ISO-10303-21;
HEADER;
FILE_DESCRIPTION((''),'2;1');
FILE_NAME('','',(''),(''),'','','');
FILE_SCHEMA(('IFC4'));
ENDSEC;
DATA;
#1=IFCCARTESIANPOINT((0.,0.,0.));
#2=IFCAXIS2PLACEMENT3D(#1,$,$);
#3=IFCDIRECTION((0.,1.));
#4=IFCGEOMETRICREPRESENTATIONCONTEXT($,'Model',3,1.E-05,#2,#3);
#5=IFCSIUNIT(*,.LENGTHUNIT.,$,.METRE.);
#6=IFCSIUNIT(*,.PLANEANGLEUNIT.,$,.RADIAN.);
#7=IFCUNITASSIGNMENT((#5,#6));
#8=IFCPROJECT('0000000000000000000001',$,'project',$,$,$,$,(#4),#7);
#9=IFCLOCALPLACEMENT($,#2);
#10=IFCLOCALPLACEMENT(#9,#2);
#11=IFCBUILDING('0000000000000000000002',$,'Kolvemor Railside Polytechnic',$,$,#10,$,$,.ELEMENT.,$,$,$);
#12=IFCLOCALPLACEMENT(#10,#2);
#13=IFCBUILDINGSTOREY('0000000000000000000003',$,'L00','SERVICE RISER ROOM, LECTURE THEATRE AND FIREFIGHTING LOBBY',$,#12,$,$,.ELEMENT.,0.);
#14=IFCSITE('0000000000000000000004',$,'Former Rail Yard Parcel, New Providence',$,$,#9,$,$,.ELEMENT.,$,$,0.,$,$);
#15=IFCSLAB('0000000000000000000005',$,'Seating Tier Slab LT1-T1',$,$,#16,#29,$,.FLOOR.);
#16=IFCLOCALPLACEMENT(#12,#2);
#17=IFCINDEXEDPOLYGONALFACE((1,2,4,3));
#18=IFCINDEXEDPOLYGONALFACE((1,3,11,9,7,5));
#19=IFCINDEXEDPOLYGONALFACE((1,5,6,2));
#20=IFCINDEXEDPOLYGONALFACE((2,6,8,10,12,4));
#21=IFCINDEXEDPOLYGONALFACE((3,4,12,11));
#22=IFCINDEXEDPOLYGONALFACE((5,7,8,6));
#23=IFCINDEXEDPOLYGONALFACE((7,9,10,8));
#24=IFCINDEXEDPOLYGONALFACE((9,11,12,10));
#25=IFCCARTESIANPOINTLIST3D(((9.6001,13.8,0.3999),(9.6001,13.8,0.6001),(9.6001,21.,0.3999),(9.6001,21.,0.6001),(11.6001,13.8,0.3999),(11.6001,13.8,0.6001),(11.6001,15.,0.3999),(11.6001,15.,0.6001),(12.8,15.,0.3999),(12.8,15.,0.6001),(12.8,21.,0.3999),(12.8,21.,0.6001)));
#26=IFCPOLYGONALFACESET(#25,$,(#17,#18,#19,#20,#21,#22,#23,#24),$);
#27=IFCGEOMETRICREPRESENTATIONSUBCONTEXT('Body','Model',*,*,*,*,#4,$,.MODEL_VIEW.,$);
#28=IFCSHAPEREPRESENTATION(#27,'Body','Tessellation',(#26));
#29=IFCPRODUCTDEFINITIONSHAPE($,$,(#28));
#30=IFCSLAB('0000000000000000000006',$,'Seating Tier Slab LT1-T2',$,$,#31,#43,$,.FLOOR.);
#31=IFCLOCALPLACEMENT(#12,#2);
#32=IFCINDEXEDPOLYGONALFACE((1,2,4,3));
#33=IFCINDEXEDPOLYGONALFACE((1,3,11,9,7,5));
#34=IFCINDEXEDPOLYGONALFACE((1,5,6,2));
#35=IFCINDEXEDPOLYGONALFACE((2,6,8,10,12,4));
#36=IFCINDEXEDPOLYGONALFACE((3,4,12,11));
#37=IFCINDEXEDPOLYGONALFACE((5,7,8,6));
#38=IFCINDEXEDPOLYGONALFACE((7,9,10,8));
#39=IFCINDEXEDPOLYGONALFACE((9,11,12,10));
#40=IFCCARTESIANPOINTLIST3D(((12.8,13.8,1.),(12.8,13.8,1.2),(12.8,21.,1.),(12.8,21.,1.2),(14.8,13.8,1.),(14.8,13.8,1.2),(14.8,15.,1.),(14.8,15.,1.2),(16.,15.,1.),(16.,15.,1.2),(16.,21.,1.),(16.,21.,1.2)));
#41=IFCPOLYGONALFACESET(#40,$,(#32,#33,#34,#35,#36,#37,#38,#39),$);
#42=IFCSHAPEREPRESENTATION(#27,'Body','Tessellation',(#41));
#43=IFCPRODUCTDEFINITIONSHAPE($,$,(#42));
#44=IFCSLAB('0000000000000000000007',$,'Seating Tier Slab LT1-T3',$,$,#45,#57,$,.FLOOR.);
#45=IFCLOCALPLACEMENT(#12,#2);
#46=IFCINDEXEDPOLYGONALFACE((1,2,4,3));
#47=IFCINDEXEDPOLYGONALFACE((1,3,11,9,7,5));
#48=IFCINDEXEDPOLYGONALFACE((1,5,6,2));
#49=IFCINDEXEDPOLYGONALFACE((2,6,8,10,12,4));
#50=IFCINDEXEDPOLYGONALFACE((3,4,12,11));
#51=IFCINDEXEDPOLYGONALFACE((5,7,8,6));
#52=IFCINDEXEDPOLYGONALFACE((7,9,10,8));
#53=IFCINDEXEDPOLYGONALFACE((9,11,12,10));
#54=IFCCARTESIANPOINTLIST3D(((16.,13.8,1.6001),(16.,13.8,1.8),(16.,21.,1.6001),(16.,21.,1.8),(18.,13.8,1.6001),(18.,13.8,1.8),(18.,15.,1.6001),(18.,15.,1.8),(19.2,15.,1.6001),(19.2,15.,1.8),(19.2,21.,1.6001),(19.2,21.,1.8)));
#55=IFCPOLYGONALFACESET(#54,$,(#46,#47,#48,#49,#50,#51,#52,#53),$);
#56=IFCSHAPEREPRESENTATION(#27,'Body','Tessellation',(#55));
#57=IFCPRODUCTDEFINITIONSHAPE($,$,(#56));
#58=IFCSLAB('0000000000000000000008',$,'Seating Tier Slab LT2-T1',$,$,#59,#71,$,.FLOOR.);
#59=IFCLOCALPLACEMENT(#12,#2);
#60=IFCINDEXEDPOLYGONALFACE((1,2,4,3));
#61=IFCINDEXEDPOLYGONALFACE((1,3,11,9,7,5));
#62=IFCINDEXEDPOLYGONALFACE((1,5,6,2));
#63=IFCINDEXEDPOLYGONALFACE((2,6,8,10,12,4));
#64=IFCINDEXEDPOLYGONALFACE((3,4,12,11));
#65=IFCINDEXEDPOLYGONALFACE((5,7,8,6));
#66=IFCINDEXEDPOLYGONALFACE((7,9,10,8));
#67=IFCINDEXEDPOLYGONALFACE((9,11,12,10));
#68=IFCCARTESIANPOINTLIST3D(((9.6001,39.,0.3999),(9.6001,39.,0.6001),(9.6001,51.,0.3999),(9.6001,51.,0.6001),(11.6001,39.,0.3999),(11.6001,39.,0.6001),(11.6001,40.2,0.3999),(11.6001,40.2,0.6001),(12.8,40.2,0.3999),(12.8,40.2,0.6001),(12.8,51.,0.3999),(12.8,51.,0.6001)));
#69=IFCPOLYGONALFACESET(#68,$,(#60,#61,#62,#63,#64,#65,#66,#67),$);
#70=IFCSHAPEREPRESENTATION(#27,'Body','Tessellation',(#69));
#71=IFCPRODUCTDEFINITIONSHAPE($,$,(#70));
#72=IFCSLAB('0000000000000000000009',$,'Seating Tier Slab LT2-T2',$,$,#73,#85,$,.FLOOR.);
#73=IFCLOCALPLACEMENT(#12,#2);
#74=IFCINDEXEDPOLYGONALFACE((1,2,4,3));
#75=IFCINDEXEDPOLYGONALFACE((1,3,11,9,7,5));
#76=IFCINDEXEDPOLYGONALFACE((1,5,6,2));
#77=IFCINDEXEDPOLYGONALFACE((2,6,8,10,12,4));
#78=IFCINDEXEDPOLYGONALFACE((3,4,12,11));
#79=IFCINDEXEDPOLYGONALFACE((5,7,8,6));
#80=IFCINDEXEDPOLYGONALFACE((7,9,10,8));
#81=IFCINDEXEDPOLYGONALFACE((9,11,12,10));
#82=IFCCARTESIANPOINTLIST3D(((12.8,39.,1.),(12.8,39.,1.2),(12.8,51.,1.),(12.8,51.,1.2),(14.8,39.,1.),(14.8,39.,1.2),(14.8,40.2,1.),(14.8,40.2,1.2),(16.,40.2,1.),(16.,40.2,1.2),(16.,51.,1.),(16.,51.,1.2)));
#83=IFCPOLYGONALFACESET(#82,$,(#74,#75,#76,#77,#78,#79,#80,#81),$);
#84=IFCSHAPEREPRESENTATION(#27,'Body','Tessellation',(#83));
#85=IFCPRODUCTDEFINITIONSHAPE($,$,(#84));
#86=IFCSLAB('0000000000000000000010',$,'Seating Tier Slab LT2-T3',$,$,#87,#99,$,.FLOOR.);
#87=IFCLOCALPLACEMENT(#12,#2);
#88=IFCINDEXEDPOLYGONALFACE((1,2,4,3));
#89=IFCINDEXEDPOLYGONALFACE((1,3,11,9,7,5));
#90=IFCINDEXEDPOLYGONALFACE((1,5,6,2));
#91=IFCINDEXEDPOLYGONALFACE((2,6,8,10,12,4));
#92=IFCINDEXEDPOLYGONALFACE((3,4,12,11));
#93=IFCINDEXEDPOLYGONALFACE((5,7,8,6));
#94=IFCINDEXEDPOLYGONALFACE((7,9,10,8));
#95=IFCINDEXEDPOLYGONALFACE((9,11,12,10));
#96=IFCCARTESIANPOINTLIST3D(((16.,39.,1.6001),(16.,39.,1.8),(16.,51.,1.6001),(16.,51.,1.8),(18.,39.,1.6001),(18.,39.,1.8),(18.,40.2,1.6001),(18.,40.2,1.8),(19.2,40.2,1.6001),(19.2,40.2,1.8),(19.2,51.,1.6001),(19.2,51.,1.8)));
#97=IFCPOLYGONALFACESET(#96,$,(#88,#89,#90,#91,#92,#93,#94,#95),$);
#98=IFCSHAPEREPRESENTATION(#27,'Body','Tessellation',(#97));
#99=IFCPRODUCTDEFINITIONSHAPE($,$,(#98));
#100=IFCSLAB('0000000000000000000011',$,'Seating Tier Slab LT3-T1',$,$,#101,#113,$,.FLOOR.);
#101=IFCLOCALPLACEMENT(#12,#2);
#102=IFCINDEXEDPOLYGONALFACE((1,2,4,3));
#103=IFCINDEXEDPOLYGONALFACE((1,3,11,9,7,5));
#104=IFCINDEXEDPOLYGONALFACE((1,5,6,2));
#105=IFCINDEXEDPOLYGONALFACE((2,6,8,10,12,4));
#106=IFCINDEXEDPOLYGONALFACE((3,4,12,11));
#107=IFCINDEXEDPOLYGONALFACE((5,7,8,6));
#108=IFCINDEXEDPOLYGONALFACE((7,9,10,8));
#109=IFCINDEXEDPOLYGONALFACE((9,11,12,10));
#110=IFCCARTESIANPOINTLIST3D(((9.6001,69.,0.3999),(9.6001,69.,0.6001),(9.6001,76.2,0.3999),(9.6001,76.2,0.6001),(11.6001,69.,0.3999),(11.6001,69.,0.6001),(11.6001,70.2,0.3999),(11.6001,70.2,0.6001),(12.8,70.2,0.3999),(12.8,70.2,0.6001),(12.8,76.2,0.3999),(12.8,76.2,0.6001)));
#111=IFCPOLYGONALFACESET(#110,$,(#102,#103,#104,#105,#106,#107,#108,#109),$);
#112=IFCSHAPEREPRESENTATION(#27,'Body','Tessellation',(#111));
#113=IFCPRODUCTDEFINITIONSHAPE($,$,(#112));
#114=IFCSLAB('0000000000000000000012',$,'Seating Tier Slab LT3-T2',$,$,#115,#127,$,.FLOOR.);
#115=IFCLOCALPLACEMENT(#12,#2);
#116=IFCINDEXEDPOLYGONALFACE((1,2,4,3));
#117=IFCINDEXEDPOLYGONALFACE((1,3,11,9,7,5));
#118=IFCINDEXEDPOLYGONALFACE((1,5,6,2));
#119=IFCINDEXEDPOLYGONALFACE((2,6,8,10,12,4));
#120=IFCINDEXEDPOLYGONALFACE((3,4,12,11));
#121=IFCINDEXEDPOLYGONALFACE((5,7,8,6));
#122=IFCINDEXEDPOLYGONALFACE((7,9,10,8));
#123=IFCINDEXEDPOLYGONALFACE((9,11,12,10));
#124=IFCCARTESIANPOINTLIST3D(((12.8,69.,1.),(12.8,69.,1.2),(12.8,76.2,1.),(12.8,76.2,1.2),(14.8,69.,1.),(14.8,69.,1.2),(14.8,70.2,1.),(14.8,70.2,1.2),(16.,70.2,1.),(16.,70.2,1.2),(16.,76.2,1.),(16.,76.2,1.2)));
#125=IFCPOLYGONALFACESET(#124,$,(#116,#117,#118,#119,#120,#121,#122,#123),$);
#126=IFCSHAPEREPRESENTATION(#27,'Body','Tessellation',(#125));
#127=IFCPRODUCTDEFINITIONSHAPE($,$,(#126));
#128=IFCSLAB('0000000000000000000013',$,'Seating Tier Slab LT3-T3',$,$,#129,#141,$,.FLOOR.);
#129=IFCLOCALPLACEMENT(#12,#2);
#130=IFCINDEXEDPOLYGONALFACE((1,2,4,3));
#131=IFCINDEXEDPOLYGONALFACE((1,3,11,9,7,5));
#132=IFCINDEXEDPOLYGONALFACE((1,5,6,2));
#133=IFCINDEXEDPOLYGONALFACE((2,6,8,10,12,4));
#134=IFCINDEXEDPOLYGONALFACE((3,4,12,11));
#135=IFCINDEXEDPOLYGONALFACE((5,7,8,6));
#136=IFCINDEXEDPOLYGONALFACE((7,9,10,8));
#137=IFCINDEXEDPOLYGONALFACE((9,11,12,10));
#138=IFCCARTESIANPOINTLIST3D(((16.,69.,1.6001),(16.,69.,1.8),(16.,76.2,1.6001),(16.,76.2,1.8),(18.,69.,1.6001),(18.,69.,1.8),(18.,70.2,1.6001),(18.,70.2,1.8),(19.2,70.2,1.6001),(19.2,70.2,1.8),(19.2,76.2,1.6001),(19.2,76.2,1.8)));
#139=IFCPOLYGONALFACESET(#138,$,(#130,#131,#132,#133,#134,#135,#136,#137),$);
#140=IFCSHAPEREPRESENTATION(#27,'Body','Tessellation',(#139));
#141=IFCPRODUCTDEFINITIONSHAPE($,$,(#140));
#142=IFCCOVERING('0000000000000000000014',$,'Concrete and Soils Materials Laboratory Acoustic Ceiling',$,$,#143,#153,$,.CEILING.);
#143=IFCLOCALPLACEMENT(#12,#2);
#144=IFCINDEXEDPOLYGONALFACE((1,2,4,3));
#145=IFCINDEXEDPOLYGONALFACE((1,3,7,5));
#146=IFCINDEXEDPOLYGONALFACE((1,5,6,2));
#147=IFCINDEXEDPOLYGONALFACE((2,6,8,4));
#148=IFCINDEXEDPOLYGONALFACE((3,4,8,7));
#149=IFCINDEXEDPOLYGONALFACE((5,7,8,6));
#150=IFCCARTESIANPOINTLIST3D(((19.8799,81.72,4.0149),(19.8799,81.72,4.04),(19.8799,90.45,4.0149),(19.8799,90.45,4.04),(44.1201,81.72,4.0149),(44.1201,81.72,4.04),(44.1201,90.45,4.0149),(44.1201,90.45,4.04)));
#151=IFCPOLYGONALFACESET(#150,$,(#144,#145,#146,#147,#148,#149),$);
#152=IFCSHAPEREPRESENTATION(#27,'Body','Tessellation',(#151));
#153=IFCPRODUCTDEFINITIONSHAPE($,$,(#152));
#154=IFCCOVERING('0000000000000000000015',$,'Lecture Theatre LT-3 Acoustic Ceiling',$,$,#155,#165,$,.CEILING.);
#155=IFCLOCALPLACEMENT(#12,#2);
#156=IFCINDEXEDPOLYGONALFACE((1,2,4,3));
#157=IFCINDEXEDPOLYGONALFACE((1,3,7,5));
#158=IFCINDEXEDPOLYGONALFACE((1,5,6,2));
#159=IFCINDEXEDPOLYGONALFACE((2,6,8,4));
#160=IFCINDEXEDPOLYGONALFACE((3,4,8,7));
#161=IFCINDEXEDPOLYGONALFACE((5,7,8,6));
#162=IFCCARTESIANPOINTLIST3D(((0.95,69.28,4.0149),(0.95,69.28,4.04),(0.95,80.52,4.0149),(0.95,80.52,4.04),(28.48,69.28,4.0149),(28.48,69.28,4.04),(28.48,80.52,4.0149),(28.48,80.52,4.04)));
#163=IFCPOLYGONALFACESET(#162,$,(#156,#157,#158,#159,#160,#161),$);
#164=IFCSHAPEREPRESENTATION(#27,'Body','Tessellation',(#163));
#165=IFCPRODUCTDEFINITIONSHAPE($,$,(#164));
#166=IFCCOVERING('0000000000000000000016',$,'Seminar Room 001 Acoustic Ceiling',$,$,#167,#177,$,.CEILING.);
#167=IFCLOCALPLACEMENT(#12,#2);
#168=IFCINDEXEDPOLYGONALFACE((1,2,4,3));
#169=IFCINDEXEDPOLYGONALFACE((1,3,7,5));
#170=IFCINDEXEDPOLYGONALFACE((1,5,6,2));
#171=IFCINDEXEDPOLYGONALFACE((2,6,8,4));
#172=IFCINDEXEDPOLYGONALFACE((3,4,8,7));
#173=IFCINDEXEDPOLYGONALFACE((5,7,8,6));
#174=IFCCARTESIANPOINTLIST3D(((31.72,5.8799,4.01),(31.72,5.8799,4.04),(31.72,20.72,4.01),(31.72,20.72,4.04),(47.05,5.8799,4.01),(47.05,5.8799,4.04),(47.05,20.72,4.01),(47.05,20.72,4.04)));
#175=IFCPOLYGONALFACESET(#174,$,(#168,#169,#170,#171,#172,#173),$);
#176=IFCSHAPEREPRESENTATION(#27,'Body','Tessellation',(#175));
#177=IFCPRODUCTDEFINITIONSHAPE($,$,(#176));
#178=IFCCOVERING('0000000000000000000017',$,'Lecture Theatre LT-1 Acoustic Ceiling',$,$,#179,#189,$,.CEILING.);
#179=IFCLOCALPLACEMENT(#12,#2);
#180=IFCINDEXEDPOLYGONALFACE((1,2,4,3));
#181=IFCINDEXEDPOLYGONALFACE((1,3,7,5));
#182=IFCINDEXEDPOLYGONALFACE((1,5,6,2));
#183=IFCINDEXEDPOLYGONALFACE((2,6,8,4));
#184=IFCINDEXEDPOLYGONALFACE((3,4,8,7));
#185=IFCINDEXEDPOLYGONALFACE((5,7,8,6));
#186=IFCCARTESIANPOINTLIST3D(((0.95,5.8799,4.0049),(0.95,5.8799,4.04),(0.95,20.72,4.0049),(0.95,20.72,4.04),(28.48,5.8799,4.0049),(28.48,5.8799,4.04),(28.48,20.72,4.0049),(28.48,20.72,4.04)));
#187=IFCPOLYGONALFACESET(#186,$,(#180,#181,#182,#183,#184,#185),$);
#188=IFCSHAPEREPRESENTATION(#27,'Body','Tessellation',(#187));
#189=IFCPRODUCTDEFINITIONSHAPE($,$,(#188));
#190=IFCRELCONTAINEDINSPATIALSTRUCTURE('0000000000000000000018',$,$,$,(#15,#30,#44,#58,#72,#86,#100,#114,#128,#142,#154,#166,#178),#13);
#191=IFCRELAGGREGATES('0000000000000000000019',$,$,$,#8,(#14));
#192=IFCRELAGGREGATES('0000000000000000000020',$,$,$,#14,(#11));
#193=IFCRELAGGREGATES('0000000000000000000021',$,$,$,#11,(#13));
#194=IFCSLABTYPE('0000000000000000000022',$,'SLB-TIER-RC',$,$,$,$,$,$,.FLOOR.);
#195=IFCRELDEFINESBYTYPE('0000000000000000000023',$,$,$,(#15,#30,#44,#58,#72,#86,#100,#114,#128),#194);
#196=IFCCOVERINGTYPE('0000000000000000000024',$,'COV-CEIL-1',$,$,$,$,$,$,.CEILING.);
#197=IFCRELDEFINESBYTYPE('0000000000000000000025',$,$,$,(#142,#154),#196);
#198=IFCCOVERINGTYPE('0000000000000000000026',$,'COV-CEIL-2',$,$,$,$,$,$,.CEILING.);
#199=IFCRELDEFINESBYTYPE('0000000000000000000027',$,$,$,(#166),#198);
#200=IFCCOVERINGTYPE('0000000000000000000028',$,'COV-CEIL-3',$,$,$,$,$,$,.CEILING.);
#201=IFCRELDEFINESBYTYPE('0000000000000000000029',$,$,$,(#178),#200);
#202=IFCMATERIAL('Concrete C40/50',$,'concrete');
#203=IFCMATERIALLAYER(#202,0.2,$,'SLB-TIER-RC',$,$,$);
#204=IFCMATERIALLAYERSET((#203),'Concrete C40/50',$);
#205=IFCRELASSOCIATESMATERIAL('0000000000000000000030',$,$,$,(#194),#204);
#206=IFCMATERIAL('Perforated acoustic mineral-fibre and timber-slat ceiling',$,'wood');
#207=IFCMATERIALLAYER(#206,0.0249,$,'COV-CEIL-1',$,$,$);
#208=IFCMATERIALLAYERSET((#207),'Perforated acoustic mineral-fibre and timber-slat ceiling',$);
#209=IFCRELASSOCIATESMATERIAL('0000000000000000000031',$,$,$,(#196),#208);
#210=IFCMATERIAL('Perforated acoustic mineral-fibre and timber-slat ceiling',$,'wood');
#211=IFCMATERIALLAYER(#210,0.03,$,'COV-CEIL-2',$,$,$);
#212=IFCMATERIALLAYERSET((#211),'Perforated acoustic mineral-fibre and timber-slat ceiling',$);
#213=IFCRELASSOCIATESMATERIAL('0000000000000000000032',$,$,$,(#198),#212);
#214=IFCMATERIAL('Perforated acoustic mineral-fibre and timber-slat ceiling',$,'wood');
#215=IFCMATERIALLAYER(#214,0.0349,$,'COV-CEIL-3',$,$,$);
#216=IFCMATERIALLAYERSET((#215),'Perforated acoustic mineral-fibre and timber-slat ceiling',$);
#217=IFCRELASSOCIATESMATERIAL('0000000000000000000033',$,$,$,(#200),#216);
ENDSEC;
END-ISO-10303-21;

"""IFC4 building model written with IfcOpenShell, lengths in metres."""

from ifc_helpers import new_model, si_unit, direction, frame, origin, place, context, subcontext, project, spatial, polyline, outline, extrude, material, layer, layer_set, type_object, element, save


model = new_model("IFC4")

# Units and contexts
model_context = context("Model", 3, precision=1e-05, world=origin(), true_north=direction((0.0, 1.0)))
body_context = subcontext(model_context, "Body", "Model", "MODEL_VIEW")
ifc_project = project(units=[si_unit("LENGTHUNIT", "METRE"), si_unit("PLANEANGLEUNIT", "RADIAN")], contexts=[model_context])

# Site, building, storey
site_placement = place(None, origin())
site = spatial("IfcSite", under=ifc_project, at=site_placement, Name="Former Rail Yard Parcel, New Providence", CompositionType="ELEMENT", RefElevation=0.0)
building_placement = place(site_placement, origin())
building = spatial("IfcBuilding", under=site, at=building_placement, Name="Kolvemor Railside Polytechnic", CompositionType="ELEMENT")
storey_placement = place(building_placement, origin())
storey = spatial("IfcBuildingStorey", under=building, at=storey_placement, Name="L00", Description="SERVICE RISER ROOM, LECTURE THEATRE AND FIREFIGHTING LOBBY", CompositionType="ELEMENT", Elevation=0.0)

# Slabs
ifc_material_1 = material(Name="Concrete C40/50", Category="concrete")
ifc_layer_1 = layer(ifc_material_1, 0.2, Name="SLB-TIER-RC")
ifc_layer_set_1 = layer_set([ifc_layer_1], Name="Concrete C40/50")
slab_type_1 = type_object("IfcSlabType", Name="SLB-TIER-RC", PredefinedType="FLOOR", material=ifc_layer_set_1)
slab_1_placement = place(storey_placement, frame((0.0, 0.0, 0.3999)))
element("IfcSlab", 1, at=slab_1_placement, inside=storey, type_object=slab_type_1, Name="Seating Tier Slab LT1-T1", PredefinedType="FLOOR", context=body_context, shape_type="SweptSolid", body=[
    extrude(outline(polyline([(9.6001, 13.8), (11.6001, 13.8), (11.6001, 15.0), (12.8, 15.0), (12.8, 21.0), (9.6001, 21.0), (9.6001, 13.8)])), origin(), (0.0, 0.0, 1.0), 0.2002),
])
slab_2_placement = place(storey_placement, frame((0.0, 0.0, 1.0)))
element("IfcSlab", 2, at=slab_2_placement, inside=storey, type_object=slab_type_1, Name="Seating Tier Slab LT1-T2", PredefinedType="FLOOR", context=body_context, shape_type="SweptSolid", body=[
    extrude(outline(polyline([(12.8, 13.8), (14.8, 13.8), (14.8, 15.0), (16.0, 15.0), (16.0, 21.0), (12.8, 21.0), (12.8, 13.8)])), origin(), (0.0, 0.0, 1.0), 0.2),
])
slab_3_placement = place(storey_placement, frame((0.0, 0.0, 1.6001)))
element("IfcSlab", 3, at=slab_3_placement, inside=storey, type_object=slab_type_1, Name="Seating Tier Slab LT1-T3", PredefinedType="FLOOR", context=body_context, shape_type="SweptSolid", body=[
    extrude(outline(polyline([(16.0, 13.8), (18.0, 13.8), (18.0, 15.0), (19.2, 15.0), (19.2, 21.0), (16.0, 21.0), (16.0, 13.8)])), origin(), (0.0, 0.0, 1.0), 0.2),
])
slab_4_placement = place(storey_placement, frame((0.0, 0.0, 0.3999)))
element("IfcSlab", 4, at=slab_4_placement, inside=storey, type_object=slab_type_1, Name="Seating Tier Slab LT2-T1", PredefinedType="FLOOR", context=body_context, shape_type="SweptSolid", body=[
    extrude(outline(polyline([(9.6001, 39.0), (11.6001, 39.0), (11.6001, 40.2), (12.8, 40.2), (12.8, 51.0), (9.6001, 51.0), (9.6001, 39.0)])), origin(), (0.0, 0.0, 1.0), 0.2002),
])
slab_5_placement = place(storey_placement, frame((0.0, 0.0, 1.0)))
element("IfcSlab", 5, at=slab_5_placement, inside=storey, type_object=slab_type_1, Name="Seating Tier Slab LT2-T2", PredefinedType="FLOOR", context=body_context, shape_type="SweptSolid", body=[
    extrude(outline(polyline([(12.8, 39.0), (14.8, 39.0), (14.8, 40.2), (16.0, 40.2), (16.0, 51.0), (12.8, 51.0), (12.8, 39.0)])), origin(), (0.0, 0.0, 1.0), 0.2),
])
slab_6_placement = place(storey_placement, frame((0.0, 0.0, 1.6001)))
element("IfcSlab", 6, at=slab_6_placement, inside=storey, type_object=slab_type_1, Name="Seating Tier Slab LT2-T3", PredefinedType="FLOOR", context=body_context, shape_type="SweptSolid", body=[
    extrude(outline(polyline([(16.0, 39.0), (18.0, 39.0), (18.0, 40.2), (19.2, 40.2), (19.2, 51.0), (16.0, 51.0), (16.0, 39.0)])), origin(), (0.0, 0.0, 1.0), 0.2),
])
slab_7_placement = place(storey_placement, frame((0.0, 0.0, 0.3999)))
element("IfcSlab", 7, at=slab_7_placement, inside=storey, type_object=slab_type_1, Name="Seating Tier Slab LT3-T1", PredefinedType="FLOOR", context=body_context, shape_type="SweptSolid", body=[
    extrude(outline(polyline([(9.6001, 69.0), (11.6001, 69.0), (11.6001, 70.2), (12.8, 70.2), (12.8, 76.2), (9.6001, 76.2), (9.6001, 69.0)])), origin(), (0.0, 0.0, 1.0), 0.2002),
])
slab_8_placement = place(storey_placement, frame((0.0, 0.0, 1.0)))
element("IfcSlab", 8, at=slab_8_placement, inside=storey, type_object=slab_type_1, Name="Seating Tier Slab LT3-T2", PredefinedType="FLOOR", context=body_context, shape_type="SweptSolid", body=[
    extrude(outline(polyline([(12.8, 69.0), (14.8, 69.0), (14.8, 70.2), (16.0, 70.2), (16.0, 76.2), (12.8, 76.2), (12.8, 69.0)])), origin(), (0.0, 0.0, 1.0), 0.2),
])
slab_9_placement = place(storey_placement, frame((0.0, 0.0, 1.6001)))
element("IfcSlab", 9, at=slab_9_placement, inside=storey, type_object=slab_type_1, Name="Seating Tier Slab LT3-T3", PredefinedType="FLOOR", context=body_context, shape_type="SweptSolid", body=[
    extrude(outline(polyline([(16.0, 69.0), (18.0, 69.0), (18.0, 70.2), (19.2, 70.2), (19.2, 76.2), (16.0, 76.2), (16.0, 69.0)])), origin(), (0.0, 0.0, 1.0), 0.2),
])

# Coverings
ifc_material_2 = material(Name="Perforated acoustic mineral-fibre and timber-slat ceiling", Category="wood")
ifc_layer_2 = layer(ifc_material_2, 0.0249, Name="COV-CEIL-1")
ifc_layer_set_2 = layer_set([ifc_layer_2], Name="Perforated acoustic mineral-fibre and timber-slat ceiling")
covering_type_1 = type_object("IfcCoveringType", Name="COV-CEIL-1", PredefinedType="CEILING", material=ifc_layer_set_2)
covering_1_placement = place(storey_placement, frame((0.0, 0.0, 4.0149)))
element("IfcCovering", 10, at=covering_1_placement, inside=storey, type_object=covering_type_1, Name="Concrete and Soils Materials Laboratory Acoustic Ceiling", PredefinedType="CEILING", context=body_context, shape_type="SweptSolid", body=[
    extrude(outline(polyline([(19.8799, 81.72), (44.1201, 81.72), (44.1201, 90.45), (19.8799, 90.45), (19.8799, 81.72)])), origin(), (0.0, 0.0, 1.0), 0.0251),
])
covering_2_placement = place(storey_placement, frame((0.0, 0.0, 4.0149)))
element("IfcCovering", 11, at=covering_2_placement, inside=storey, type_object=covering_type_1, Name="Lecture Theatre LT-3 Acoustic Ceiling", PredefinedType="CEILING", context=body_context, shape_type="SweptSolid", body=[
    extrude(outline(polyline([(0.95, 69.28), (28.48, 69.28), (28.48, 80.52), (0.95, 80.52), (0.95, 69.28)])), origin(), (0.0, 0.0, 1.0), 0.0251),
])
ifc_material_3 = material(Name="Perforated acoustic mineral-fibre and timber-slat ceiling", Category="wood")
ifc_layer_3 = layer(ifc_material_3, 0.03, Name="COV-CEIL-2")
ifc_layer_set_3 = layer_set([ifc_layer_3], Name="Perforated acoustic mineral-fibre and timber-slat ceiling")
covering_type_2 = type_object("IfcCoveringType", Name="COV-CEIL-2", PredefinedType="CEILING", material=ifc_layer_set_3)
covering_3_placement = place(storey_placement, frame((0.0, 0.0, 4.01)))
element("IfcCovering", 12, at=covering_3_placement, inside=storey, type_object=covering_type_2, Name="Seminar Room 001 Acoustic Ceiling", PredefinedType="CEILING", context=body_context, shape_type="SweptSolid", body=[
    extrude(outline(polyline([(31.72, 5.8799), (47.05, 5.8799), (47.05, 20.72), (31.72, 20.72), (31.72, 5.8799)])), origin(), (0.0, 0.0, 1.0), 0.03),
])
ifc_material_4 = material(Name="Perforated acoustic mineral-fibre and timber-slat ceiling", Category="wood")
ifc_layer_4 = layer(ifc_material_4, 0.0349, Name="COV-CEIL-3")
ifc_layer_set_4 = layer_set([ifc_layer_4], Name="Perforated acoustic mineral-fibre and timber-slat ceiling")
covering_type_3 = type_object("IfcCoveringType", Name="COV-CEIL-3", PredefinedType="CEILING", material=ifc_layer_set_4)
covering_4_placement = place(storey_placement, frame((0.0, 0.0, 4.0049)))
element("IfcCovering", 13, at=covering_4_placement, inside=storey, type_object=covering_type_3, Name="Lecture Theatre LT-1 Acoustic Ceiling", PredefinedType="CEILING", context=body_context, shape_type="SweptSolid", body=[
    extrude(outline(polyline([(0.95, 5.8799), (28.48, 5.8799), (28.48, 20.72), (0.95, 20.72), (0.95, 5.8799)])), origin(), (0.0, 0.0, 1.0), 0.0352),
])

save(model, "model.ifc")
